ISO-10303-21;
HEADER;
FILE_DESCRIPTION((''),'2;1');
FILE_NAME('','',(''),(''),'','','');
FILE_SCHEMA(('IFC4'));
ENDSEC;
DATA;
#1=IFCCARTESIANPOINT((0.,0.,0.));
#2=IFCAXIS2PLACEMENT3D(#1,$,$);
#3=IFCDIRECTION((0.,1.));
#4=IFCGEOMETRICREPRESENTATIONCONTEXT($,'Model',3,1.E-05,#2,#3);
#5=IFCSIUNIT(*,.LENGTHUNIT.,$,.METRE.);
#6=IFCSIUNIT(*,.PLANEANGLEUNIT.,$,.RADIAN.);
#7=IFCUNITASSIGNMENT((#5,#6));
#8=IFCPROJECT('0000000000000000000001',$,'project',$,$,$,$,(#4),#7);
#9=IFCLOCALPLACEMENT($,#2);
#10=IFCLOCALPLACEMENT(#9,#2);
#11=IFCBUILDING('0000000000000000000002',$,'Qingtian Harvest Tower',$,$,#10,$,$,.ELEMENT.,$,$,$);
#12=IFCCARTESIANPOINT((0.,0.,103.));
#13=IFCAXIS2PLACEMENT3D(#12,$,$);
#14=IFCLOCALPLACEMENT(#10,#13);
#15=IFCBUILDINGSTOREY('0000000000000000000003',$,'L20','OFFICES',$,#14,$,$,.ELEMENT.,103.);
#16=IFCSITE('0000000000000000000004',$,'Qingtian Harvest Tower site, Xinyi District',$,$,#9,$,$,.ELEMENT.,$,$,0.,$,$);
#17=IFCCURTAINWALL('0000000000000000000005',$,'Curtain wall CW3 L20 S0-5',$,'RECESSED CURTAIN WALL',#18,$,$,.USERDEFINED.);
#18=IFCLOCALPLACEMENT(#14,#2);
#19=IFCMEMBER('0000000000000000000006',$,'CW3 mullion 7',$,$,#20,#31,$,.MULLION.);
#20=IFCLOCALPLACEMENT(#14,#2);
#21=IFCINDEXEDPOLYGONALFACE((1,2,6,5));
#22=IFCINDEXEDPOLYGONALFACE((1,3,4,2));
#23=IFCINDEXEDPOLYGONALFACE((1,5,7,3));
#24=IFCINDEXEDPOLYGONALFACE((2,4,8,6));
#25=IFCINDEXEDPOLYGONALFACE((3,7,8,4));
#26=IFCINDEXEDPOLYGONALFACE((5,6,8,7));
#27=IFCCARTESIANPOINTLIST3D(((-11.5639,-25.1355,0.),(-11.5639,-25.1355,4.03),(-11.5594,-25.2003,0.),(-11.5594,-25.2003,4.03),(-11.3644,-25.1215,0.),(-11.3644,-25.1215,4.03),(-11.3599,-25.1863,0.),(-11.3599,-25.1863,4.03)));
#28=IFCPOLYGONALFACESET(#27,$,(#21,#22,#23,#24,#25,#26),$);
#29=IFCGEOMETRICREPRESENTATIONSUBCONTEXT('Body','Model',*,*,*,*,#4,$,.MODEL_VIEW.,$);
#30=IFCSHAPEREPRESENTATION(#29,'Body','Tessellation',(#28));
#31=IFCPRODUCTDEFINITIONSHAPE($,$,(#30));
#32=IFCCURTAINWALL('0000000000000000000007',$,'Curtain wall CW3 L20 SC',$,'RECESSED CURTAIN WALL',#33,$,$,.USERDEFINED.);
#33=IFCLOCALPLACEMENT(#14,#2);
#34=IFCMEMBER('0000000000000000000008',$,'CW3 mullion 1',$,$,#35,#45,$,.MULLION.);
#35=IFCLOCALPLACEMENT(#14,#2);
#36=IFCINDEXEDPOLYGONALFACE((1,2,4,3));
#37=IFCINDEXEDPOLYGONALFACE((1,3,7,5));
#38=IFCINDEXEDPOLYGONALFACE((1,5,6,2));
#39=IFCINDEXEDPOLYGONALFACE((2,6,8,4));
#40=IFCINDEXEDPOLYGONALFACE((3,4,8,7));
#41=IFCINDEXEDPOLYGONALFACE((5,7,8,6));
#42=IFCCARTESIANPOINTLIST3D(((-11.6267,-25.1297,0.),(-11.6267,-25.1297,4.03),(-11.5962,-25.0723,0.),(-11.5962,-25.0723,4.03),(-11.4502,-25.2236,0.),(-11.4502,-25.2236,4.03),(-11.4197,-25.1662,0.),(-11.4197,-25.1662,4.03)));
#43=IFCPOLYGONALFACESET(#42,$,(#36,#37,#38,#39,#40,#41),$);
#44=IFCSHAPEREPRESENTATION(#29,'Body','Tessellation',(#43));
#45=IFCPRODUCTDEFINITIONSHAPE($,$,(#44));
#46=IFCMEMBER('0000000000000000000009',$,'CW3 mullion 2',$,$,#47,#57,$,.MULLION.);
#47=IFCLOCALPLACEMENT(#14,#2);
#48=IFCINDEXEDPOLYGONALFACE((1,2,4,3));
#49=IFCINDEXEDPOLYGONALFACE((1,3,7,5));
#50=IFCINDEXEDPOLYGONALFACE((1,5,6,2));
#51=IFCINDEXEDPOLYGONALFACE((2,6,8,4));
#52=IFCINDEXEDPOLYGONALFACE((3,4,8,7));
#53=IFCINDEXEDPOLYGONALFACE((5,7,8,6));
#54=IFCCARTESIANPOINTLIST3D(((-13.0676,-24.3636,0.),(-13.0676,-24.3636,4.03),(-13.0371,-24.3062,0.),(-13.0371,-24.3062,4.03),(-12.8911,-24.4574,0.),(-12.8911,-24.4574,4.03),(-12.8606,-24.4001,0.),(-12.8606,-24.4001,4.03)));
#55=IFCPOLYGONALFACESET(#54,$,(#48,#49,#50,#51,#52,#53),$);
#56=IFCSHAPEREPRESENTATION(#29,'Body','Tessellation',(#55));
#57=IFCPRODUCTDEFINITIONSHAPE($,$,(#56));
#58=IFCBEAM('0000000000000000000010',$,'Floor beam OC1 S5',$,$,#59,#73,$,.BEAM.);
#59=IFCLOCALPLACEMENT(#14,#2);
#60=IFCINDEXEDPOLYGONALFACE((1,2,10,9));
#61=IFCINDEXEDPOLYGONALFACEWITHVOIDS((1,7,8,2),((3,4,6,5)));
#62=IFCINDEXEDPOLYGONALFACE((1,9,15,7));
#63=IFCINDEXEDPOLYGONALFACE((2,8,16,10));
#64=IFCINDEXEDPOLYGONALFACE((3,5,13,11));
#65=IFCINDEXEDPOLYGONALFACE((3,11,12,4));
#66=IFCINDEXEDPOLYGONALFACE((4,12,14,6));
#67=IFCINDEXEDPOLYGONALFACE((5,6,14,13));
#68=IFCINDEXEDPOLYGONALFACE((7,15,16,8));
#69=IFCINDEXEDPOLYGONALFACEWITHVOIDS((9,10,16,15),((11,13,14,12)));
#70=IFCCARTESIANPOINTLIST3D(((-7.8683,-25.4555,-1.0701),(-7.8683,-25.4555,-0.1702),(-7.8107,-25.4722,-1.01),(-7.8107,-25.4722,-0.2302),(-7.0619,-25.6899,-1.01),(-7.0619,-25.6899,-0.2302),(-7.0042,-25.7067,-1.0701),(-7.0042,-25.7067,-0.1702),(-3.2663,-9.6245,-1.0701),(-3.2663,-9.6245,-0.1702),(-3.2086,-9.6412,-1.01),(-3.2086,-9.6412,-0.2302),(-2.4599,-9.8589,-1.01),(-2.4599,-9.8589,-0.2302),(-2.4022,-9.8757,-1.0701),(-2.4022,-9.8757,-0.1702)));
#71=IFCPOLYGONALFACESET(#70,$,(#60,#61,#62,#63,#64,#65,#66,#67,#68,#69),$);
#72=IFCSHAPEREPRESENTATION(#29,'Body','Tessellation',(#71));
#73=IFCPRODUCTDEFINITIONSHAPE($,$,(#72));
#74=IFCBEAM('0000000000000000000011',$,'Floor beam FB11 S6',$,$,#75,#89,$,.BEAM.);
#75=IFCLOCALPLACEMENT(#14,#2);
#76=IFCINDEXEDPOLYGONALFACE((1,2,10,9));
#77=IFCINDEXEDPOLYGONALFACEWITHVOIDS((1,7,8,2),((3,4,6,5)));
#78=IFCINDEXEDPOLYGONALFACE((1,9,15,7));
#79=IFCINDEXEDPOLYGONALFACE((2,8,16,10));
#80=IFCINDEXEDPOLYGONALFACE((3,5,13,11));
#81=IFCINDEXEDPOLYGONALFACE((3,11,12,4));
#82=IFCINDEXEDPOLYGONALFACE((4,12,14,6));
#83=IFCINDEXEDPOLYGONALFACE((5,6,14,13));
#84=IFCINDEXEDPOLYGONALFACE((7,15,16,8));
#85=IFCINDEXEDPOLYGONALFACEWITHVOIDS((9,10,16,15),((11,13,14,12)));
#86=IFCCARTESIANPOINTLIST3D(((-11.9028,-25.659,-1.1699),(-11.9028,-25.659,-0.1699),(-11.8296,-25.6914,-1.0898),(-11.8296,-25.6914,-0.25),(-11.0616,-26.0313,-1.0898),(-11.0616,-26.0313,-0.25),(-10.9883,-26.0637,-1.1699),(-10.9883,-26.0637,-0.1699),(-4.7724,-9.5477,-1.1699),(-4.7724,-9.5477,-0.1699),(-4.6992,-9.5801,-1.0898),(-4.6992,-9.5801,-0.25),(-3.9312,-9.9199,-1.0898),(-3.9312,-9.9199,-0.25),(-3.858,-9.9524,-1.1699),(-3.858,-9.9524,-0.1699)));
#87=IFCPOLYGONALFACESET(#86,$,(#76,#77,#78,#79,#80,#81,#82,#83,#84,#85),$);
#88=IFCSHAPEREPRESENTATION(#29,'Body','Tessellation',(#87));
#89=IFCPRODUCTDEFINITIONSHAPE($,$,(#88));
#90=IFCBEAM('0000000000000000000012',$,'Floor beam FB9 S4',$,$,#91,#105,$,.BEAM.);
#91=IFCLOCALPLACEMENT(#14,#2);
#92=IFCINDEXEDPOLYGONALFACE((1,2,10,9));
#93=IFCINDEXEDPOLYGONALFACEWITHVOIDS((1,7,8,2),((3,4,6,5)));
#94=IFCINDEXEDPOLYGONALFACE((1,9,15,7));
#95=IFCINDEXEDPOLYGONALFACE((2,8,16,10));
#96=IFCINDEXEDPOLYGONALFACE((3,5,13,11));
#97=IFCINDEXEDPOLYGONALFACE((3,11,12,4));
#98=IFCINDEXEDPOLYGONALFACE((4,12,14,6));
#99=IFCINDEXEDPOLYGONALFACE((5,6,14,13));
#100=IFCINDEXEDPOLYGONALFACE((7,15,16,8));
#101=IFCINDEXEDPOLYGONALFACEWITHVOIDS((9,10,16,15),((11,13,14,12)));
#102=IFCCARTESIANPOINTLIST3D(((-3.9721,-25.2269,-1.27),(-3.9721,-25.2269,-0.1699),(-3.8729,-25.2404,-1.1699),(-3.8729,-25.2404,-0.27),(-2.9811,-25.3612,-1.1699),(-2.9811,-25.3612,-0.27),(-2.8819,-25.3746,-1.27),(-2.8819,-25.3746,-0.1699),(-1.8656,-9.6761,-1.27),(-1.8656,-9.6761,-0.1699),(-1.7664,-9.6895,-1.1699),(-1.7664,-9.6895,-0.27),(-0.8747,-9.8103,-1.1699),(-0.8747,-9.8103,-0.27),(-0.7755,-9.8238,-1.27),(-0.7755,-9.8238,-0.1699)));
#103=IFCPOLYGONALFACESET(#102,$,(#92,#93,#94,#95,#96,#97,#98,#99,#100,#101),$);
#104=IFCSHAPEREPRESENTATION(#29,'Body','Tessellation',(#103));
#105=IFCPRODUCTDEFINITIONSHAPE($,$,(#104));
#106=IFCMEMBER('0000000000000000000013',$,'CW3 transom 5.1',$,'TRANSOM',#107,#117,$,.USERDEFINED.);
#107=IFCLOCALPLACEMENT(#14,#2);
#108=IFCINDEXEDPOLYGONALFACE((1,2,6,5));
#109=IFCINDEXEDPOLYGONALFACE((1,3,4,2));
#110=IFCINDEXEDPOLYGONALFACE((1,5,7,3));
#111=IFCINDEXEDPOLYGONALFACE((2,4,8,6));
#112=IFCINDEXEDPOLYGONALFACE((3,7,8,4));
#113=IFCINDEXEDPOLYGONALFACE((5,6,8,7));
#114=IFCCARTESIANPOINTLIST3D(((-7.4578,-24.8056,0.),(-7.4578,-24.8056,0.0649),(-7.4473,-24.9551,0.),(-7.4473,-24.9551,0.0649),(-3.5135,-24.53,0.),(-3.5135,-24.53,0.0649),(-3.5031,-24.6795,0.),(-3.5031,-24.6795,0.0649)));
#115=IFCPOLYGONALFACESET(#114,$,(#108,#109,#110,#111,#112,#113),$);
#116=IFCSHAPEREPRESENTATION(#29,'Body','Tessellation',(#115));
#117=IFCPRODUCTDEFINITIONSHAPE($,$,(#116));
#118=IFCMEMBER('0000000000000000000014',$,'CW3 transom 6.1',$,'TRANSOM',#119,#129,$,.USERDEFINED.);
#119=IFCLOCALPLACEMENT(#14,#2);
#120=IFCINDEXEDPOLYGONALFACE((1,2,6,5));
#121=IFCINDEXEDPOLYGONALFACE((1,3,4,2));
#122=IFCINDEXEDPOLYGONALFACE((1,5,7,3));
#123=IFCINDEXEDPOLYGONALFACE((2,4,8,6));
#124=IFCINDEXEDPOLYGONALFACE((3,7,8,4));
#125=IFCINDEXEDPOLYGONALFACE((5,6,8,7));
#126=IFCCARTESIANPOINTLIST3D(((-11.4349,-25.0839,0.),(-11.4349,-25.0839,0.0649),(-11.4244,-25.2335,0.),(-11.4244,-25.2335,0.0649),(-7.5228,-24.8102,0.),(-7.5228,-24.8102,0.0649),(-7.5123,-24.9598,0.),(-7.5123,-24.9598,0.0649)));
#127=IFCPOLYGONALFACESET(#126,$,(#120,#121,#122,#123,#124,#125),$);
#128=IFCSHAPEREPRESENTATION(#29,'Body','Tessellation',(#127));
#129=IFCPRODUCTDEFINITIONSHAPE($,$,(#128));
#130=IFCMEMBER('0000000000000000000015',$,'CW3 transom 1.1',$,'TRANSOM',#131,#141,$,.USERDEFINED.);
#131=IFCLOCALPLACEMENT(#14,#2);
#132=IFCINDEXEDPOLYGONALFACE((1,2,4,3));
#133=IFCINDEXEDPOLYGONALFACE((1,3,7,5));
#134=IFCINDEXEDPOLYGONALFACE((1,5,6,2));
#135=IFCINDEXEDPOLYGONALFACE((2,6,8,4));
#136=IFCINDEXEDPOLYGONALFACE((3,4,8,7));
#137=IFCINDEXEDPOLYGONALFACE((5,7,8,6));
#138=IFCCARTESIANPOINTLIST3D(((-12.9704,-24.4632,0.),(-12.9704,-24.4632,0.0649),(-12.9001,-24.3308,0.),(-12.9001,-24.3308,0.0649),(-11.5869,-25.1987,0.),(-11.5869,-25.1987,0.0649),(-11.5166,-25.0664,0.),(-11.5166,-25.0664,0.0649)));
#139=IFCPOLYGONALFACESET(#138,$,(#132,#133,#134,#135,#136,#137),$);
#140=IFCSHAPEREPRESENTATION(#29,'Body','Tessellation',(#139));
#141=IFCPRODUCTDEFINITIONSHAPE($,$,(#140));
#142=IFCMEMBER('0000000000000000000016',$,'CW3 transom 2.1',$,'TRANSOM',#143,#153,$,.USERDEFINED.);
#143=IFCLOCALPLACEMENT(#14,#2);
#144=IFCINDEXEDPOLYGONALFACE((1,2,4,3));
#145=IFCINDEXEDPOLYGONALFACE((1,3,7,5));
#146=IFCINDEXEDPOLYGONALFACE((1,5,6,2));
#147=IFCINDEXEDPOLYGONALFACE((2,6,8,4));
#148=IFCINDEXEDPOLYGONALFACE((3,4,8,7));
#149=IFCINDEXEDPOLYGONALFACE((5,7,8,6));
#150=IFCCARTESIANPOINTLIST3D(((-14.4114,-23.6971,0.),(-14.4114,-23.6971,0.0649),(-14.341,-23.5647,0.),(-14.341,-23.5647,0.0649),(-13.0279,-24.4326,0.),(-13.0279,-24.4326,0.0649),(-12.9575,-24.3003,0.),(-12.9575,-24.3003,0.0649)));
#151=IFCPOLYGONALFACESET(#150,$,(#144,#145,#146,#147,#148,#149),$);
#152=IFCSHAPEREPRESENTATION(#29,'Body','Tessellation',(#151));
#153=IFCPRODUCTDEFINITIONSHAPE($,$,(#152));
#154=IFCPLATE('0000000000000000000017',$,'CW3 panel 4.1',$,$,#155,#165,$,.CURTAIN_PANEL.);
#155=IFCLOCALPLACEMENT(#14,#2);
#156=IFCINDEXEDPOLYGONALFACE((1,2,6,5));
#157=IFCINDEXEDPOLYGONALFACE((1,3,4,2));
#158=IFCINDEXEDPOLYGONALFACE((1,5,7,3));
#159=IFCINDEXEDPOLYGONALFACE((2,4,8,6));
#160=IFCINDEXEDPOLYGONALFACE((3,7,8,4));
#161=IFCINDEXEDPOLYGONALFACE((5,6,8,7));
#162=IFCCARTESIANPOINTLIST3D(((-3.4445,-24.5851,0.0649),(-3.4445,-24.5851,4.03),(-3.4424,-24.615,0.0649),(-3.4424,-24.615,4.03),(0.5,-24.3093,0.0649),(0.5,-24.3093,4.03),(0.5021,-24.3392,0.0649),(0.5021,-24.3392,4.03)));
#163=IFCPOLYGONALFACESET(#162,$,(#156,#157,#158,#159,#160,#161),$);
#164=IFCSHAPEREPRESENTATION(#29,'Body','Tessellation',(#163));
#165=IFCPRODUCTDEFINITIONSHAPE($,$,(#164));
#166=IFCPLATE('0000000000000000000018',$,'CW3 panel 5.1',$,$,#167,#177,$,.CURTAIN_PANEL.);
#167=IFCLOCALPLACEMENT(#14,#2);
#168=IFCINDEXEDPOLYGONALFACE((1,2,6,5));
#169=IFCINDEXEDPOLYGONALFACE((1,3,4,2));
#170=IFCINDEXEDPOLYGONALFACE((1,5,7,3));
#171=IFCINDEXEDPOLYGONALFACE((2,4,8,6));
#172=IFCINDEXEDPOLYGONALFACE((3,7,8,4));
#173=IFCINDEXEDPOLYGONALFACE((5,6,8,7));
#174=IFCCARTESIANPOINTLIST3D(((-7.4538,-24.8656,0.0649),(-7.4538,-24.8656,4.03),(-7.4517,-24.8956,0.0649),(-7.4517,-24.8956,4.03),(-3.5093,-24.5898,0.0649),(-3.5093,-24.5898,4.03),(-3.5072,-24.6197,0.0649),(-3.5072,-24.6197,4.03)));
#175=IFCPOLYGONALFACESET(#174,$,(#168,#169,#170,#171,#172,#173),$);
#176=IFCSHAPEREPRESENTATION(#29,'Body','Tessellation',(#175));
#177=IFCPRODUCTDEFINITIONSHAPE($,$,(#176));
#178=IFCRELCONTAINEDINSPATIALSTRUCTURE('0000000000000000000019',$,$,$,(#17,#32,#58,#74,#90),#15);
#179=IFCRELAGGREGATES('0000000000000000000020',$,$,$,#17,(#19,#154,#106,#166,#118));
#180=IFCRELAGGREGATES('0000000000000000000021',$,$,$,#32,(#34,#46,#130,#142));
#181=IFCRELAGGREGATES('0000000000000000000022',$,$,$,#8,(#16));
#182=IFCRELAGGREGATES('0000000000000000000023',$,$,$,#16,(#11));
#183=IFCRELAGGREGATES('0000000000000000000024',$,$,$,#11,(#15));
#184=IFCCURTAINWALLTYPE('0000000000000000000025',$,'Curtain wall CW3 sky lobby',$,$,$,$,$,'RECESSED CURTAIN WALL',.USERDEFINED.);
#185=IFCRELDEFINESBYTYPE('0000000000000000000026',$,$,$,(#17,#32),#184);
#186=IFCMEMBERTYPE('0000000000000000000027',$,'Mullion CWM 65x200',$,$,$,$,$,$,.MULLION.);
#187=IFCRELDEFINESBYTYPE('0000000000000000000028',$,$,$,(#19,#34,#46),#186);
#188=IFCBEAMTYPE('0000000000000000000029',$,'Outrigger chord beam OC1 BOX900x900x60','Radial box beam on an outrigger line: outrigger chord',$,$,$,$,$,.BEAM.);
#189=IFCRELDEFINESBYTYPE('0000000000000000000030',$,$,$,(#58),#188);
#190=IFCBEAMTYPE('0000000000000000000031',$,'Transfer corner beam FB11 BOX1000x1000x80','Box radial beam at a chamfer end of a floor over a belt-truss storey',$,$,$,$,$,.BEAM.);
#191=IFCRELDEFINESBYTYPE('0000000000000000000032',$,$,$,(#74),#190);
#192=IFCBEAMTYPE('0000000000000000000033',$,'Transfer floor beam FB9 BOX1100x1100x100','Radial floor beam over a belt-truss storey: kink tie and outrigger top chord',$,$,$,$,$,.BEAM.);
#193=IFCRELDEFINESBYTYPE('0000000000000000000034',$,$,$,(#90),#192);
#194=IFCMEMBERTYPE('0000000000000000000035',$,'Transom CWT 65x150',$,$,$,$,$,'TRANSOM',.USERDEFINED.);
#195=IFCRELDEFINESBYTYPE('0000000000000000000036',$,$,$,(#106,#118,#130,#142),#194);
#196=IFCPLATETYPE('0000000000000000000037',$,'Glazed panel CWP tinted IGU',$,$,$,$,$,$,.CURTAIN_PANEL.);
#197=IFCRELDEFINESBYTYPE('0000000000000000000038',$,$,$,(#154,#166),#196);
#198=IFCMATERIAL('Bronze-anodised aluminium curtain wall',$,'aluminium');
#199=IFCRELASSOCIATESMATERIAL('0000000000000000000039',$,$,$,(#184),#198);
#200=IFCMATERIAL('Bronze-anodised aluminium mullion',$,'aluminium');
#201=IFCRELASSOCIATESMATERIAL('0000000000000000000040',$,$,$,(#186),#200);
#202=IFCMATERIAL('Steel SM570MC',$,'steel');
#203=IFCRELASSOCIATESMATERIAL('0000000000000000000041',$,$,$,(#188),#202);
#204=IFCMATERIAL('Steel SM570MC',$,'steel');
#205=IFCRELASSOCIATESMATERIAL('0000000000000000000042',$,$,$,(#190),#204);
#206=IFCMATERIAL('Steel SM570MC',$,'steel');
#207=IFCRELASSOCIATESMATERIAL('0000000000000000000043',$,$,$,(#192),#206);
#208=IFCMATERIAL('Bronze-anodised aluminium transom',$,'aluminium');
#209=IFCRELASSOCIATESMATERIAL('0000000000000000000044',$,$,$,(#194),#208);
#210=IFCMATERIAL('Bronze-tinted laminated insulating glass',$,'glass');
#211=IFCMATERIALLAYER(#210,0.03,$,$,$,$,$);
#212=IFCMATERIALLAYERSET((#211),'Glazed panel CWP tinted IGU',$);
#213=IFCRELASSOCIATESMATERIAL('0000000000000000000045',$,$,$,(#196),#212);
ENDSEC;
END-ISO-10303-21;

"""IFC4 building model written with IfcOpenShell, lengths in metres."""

from ifc_helpers import new_model, si_unit, direction, frame, origin, origin_2d, place, context, subcontext, project, spatial, rectangle, hollow_rectangle, extrude, material, layer, layer_set, material_profile, profile_set, type_object, element, aggregate, save


model = new_model("IFC4")

# Units and contexts
model_context = context("Model", 3, precision=1e-05, world=origin(), true_north=direction((0.0, 1.0)))
body_context = subcontext(model_context, "Body", "Model", "MODEL_VIEW")
ifc_project = project(units=[si_unit("LENGTHUNIT", "METRE"), si_unit("PLANEANGLEUNIT", "RADIAN")], contexts=[model_context])

# Site, building, storey
site_placement = place(None, origin())
site = spatial("IfcSite", under=ifc_project, at=site_placement, Name="Qingtian Harvest Tower site, Xinyi District", CompositionType="ELEMENT", RefElevation=0.0)
building_placement = place(site_placement, origin())
building = spatial("IfcBuilding", under=site, at=building_placement, Name="Qingtian Harvest Tower", CompositionType="ELEMENT")
storey_placement = place(building_placement, frame((0.0, 0.0, 103.0)))
storey = spatial("IfcBuildingStorey", under=building, at=storey_placement, Name="L20", Description="OFFICES", CompositionType="ELEMENT", Elevation=103.0)

# Curtain walls, members
ifc_material_1 = material(Name="Bronze-anodised aluminium curtain wall", Category="aluminium")
curtain_wall_type = type_object("IfcCurtainWallType", Name="Curtain wall CW3 sky lobby", ElementType="RECESSED CURTAIN WALL", PredefinedType="USERDEFINED", material=ifc_material_1)
curtain_wall_1_placement = place(storey_placement, origin())
curtain_wall_1 = element("IfcCurtainWall", 1, at=curtain_wall_1_placement, inside=storey, type_object=curtain_wall_type, Name="Curtain wall CW3 L20 S0-5", ObjectType="RECESSED CURTAIN WALL", PredefinedType="USERDEFINED")
ifc_material_2 = material(Name="Bronze-anodised aluminium mullion", Category="aluminium")
ifc_material_profile_1 = material_profile(ifc_material_2, rectangle(XDim=0.0649, YDim=0.2, at=origin_2d()), Name="AL 65x200")
ifc_profile_set_1 = profile_set([ifc_material_profile_1], Name="Bronze-anodised aluminium mullion")
member_type_1 = type_object("IfcMemberType", Name="Mullion CWM 65x200", PredefinedType="MULLION", material=ifc_profile_set_1)
member_1_placement = place(storey_placement, frame((-11.4619, -25.1609, 0.0), z_axis=(0.0, 0.0, 1.0), x_axis=(0.069756, -0.997564, 0.0)))
member_1 = element("IfcMember", 2, at=member_1_placement, type_object=member_type_1, Name="CW3 mullion 7", PredefinedType="MULLION", context=body_context, shape_type="SweptSolid", body=[
    extrude(rectangle(XDim=0.0649, YDim=0.2, at=origin_2d()), origin(), (0.0, 0.0, 1.0), 4.03),
])
curtain_wall_2_placement = place(storey_placement, origin())
curtain_wall_2 = element("IfcCurtainWall", 3, at=curtain_wall_2_placement, inside=storey, type_object=curtain_wall_type, Name="Curtain wall CW3 L20 SC", ObjectType="RECESSED CURTAIN WALL", PredefinedType="USERDEFINED")
member_2_placement = place(storey_placement, frame((-11.5232, -25.1479, 0.0), z_axis=(0.0, 0.0, 1.0), x_axis=(-0.469472, -0.882948, 0.0)))
member_2 = element("IfcMember", 4, at=member_2_placement, type_object=member_type_1, Name="CW3 mullion 1", PredefinedType="MULLION", context=body_context, shape_type="SweptSolid", body=[
    extrude(rectangle(XDim=0.0649, YDim=0.2, at=origin_2d()), origin(), (0.0, 0.0, 1.0), 4.03),
])
member_3_placement = place(storey_placement, frame((-12.9641, -24.3818, 0.0), z_axis=(0.0, 0.0, 1.0), x_axis=(-0.469472, -0.882948, 0.0)))
member_3 = element("IfcMember", 5, at=member_3_placement, type_object=member_type_1, Name="CW3 mullion 2", PredefinedType="MULLION", context=body_context, shape_type="SweptSolid", body=[
    extrude(rectangle(XDim=0.0649, YDim=0.2, at=origin_2d()), origin(), (0.0, 0.0, 1.0), 4.03),
])

# Beams
ifc_material_3 = material(Name="Steel SM570MC", Category="steel")
ifc_material_profile_2 = material_profile(ifc_material_3, hollow_rectangle(XDim=0.8999, YDim=0.8999, WallThickness=0.0601, at=origin_2d()), Name="BOX900x900x60")
ifc_profile_set_2 = profile_set([ifc_material_profile_2], Name="Steel SM570MC")
beam_type_1 = type_object("IfcBeamType", Name="Outrigger chord beam OC1 BOX900x900x60", Description="Radial box beam on an outrigger line: outrigger chord", PredefinedType="BEAM", material=ifc_profile_set_2)
beam_1_placement = place(storey_placement, frame((-7.4363, -25.5811, -0.6201), z_axis=(0.279142, 0.96025, 0.0), x_axis=(-0.96025, 0.279142, 0.0)))
element("IfcBeam", 6, at=beam_1_placement, inside=storey, type_object=beam_type_1, Name="Floor beam OC1 S5", PredefinedType="BEAM", context=body_context, shape_type="SweptSolid", body=[
    extrude(hollow_rectangle(XDim=0.8999, YDim=0.8999, WallThickness=0.0601, at=origin_2d()), origin(), (0.0, 0.0, 1.0), 16.4863),
])
ifc_material_4 = material(Name="Steel SM570MC", Category="steel")
ifc_material_profile_3 = material_profile(ifc_material_4, hollow_rectangle(XDim=1.0, YDim=1.0, WallThickness=0.0801, at=origin_2d()), Name="BOX1000x1000x80")
ifc_profile_set_3 = profile_set([ifc_material_profile_3], Name="Steel SM570MC")
beam_type_2 = type_object("IfcBeamType", Name="Transfer corner beam FB11 BOX1000x1000x80", Description="Box radial beam at a chamfer end of a floor over a belt-truss storey", PredefinedType="BEAM", material=ifc_profile_set_3)
beam_2_placement = place(storey_placement, frame((-11.4456, -25.8613, -0.6699), z_axis=(0.404706, 0.914447, 0.0), x_axis=(-0.914447, 0.404706, 0.0)))
element("IfcBeam", 7, at=beam_2_placement, inside=storey, type_object=beam_type_2, Name="Floor beam FB11 S6", PredefinedType="BEAM", context=body_context, shape_type="SweptSolid", body=[
    extrude(hollow_rectangle(XDim=1.0, YDim=1.0, WallThickness=0.0801, at=origin_2d()), origin(), (0.0, 0.0, 1.0), 17.6187),
])
ifc_material_5 = material(Name="Steel SM570MC", Category="steel")
ifc_material_profile_4 = material_profile(ifc_material_5, hollow_rectangle(XDim=1.1001, YDim=1.1001, WallThickness=0.1001, at=origin_2d()), Name="BOX1100x1100x100")
ifc_profile_set_4 = profile_set([ifc_material_profile_4], Name="Steel SM570MC")
beam_type_3 = type_object("IfcBeamType", Name="Transfer floor beam FB9 BOX1100x1100x100", Description="Radial floor beam over a belt-truss storey: kink tie and outrigger top chord", PredefinedType="BEAM", material=ifc_profile_set_4)
beam_3_placement = place(storey_placement, frame((-3.427, -25.3008, -0.72), z_axis=(0.13423, 0.99095, 0.0), x_axis=(-0.99095, 0.13423, 0.0)))
element("IfcBeam", 8, at=beam_3_placement, inside=storey, type_object=beam_type_3, Name="Floor beam FB9 S4", PredefinedType="BEAM", context=body_context, shape_type="SweptSolid", body=[
    extrude(hollow_rectangle(XDim=1.1001, YDim=1.1001, WallThickness=0.1001, at=origin_2d()), origin(), (0.0, 0.0, 1.0), 15.6929),
])

# Members
ifc_material_6 = material(Name="Bronze-anodised aluminium transom", Category="aluminium")
ifc_material_profile_5 = material_profile(ifc_material_6, rectangle(XDim=0.1499, YDim=0.0649, at=origin_2d()), Name="AL 65x150")
ifc_profile_set_5 = profile_set([ifc_material_profile_5], Name="Bronze-anodised aluminium transom")
member_type_2 = type_object("IfcMemberType", Name="Transom CWT 65x150", ElementType="TRANSOM", PredefinedType="USERDEFINED", material=ifc_profile_set_5)
member_4_placement = place(storey_placement, frame((-3.5083, -24.6047, 0.0325), z_axis=(-0.997567, -0.069711, 0.0), x_axis=(0.069711, -0.997567, 0.0)))
member_4 = element("IfcMember", 9, at=member_4_placement, type_object=member_type_2, Name="CW3 transom 5.1", ObjectType="TRANSOM", PredefinedType="USERDEFINED", context=body_context, shape_type="SweptSolid", body=[
    extrude(rectangle(XDim=0.1499, YDim=0.0649, at=origin_2d()), origin(), (0.0, 0.0, 1.0), 3.9539),
])
member_5_placement = place(storey_placement, frame((-7.5176, -24.885, 0.0325), z_axis=(-0.997562, -0.069787, 0.0), x_axis=(0.069787, -0.997562, 0.0)))
member_5 = element("IfcMember", 10, at=member_5_placement, type_object=member_type_2, Name="CW3 transom 6.1", ObjectType="TRANSOM", PredefinedType="USERDEFINED", context=body_context, shape_type="SweptSolid", body=[
    extrude(rectangle(XDim=0.1499, YDim=0.0649, at=origin_2d()), origin(), (0.0, 0.0, 1.0), 3.9216),
])
member_6_placement = place(storey_placement, frame((-11.5518, -25.1326, 0.0325), z_axis=(-0.88296, 0.469448, 0.0), x_axis=(-0.469448, -0.88296, 0.0)))
member_6 = element("IfcMember", 11, at=member_6_placement, type_object=member_type_2, Name="CW3 transom 1.1", ObjectType="TRANSOM", PredefinedType="USERDEFINED", context=body_context, shape_type="SweptSolid", body=[
    extrude(rectangle(XDim=0.1499, YDim=0.0649, at=origin_2d()), origin(), (0.0, 0.0, 1.0), 1.5669),
])
member_7_placement = place(storey_placement, frame((-12.9927, -24.3665, 0.0325), z_axis=(-0.88296, 0.469448, 0.0), x_axis=(-0.469448, -0.88296, 0.0)))
member_7 = element("IfcMember", 12, at=member_7_placement, type_object=member_type_2, Name="CW3 transom 2.1", ObjectType="TRANSOM", PredefinedType="USERDEFINED", context=body_context, shape_type="SweptSolid", body=[
    extrude(rectangle(XDim=0.1499, YDim=0.0649, at=origin_2d()), origin(), (0.0, 0.0, 1.0), 1.5669),
])

# Plates
ifc_material_7 = material(Name="Bronze-tinted laminated insulating glass", Category="glass")
ifc_layer_1 = layer(ifc_material_7, 0.03)
ifc_layer_set_1 = layer_set([ifc_layer_1], Name="Glazed panel CWP tinted IGU")
plate_type = type_object("IfcPlateType", Name="Glazed panel CWP tinted IGU", PredefinedType="CURTAIN_PANEL", material=ifc_layer_set_1)
plate_1_placement = place(storey_placement, frame((-1.4712, -24.4622, 0.0649), z_axis=(0.0, 0.0, 1.0), x_axis=(-0.997564, -0.069756, 0.0)))
plate_1 = element("IfcPlate", 13, at=plate_1_placement, type_object=plate_type, Name="CW3 panel 4.1", PredefinedType="CURTAIN_PANEL", context=body_context, shape_type="SweptSolid", body=[
    extrude(rectangle(XDim=3.9541, YDim=0.03, at=origin_2d()), origin(), (0.0, 0.0, 1.0), 3.9651),
])
plate_2_placement = place(storey_placement, frame((-5.4805, -24.7427, 0.0649), z_axis=(0.0, 0.0, 1.0), x_axis=(-0.997564, -0.069756, 0.0)))
plate_2 = element("IfcPlate", 14, at=plate_2_placement, type_object=plate_type, Name="CW3 panel 5.1", PredefinedType="CURTAIN_PANEL", context=body_context, shape_type="SweptSolid", body=[
    extrude(rectangle(XDim=3.9541, YDim=0.03, at=origin_2d()), origin(), (0.0, 0.0, 1.0), 3.9651),
])
aggregate(curtain_wall_1, [member_1, plate_1, member_4, plate_2, member_5])
aggregate(curtain_wall_2, [member_2, member_3, member_6, member_7])

save(model, "model.ifc")
